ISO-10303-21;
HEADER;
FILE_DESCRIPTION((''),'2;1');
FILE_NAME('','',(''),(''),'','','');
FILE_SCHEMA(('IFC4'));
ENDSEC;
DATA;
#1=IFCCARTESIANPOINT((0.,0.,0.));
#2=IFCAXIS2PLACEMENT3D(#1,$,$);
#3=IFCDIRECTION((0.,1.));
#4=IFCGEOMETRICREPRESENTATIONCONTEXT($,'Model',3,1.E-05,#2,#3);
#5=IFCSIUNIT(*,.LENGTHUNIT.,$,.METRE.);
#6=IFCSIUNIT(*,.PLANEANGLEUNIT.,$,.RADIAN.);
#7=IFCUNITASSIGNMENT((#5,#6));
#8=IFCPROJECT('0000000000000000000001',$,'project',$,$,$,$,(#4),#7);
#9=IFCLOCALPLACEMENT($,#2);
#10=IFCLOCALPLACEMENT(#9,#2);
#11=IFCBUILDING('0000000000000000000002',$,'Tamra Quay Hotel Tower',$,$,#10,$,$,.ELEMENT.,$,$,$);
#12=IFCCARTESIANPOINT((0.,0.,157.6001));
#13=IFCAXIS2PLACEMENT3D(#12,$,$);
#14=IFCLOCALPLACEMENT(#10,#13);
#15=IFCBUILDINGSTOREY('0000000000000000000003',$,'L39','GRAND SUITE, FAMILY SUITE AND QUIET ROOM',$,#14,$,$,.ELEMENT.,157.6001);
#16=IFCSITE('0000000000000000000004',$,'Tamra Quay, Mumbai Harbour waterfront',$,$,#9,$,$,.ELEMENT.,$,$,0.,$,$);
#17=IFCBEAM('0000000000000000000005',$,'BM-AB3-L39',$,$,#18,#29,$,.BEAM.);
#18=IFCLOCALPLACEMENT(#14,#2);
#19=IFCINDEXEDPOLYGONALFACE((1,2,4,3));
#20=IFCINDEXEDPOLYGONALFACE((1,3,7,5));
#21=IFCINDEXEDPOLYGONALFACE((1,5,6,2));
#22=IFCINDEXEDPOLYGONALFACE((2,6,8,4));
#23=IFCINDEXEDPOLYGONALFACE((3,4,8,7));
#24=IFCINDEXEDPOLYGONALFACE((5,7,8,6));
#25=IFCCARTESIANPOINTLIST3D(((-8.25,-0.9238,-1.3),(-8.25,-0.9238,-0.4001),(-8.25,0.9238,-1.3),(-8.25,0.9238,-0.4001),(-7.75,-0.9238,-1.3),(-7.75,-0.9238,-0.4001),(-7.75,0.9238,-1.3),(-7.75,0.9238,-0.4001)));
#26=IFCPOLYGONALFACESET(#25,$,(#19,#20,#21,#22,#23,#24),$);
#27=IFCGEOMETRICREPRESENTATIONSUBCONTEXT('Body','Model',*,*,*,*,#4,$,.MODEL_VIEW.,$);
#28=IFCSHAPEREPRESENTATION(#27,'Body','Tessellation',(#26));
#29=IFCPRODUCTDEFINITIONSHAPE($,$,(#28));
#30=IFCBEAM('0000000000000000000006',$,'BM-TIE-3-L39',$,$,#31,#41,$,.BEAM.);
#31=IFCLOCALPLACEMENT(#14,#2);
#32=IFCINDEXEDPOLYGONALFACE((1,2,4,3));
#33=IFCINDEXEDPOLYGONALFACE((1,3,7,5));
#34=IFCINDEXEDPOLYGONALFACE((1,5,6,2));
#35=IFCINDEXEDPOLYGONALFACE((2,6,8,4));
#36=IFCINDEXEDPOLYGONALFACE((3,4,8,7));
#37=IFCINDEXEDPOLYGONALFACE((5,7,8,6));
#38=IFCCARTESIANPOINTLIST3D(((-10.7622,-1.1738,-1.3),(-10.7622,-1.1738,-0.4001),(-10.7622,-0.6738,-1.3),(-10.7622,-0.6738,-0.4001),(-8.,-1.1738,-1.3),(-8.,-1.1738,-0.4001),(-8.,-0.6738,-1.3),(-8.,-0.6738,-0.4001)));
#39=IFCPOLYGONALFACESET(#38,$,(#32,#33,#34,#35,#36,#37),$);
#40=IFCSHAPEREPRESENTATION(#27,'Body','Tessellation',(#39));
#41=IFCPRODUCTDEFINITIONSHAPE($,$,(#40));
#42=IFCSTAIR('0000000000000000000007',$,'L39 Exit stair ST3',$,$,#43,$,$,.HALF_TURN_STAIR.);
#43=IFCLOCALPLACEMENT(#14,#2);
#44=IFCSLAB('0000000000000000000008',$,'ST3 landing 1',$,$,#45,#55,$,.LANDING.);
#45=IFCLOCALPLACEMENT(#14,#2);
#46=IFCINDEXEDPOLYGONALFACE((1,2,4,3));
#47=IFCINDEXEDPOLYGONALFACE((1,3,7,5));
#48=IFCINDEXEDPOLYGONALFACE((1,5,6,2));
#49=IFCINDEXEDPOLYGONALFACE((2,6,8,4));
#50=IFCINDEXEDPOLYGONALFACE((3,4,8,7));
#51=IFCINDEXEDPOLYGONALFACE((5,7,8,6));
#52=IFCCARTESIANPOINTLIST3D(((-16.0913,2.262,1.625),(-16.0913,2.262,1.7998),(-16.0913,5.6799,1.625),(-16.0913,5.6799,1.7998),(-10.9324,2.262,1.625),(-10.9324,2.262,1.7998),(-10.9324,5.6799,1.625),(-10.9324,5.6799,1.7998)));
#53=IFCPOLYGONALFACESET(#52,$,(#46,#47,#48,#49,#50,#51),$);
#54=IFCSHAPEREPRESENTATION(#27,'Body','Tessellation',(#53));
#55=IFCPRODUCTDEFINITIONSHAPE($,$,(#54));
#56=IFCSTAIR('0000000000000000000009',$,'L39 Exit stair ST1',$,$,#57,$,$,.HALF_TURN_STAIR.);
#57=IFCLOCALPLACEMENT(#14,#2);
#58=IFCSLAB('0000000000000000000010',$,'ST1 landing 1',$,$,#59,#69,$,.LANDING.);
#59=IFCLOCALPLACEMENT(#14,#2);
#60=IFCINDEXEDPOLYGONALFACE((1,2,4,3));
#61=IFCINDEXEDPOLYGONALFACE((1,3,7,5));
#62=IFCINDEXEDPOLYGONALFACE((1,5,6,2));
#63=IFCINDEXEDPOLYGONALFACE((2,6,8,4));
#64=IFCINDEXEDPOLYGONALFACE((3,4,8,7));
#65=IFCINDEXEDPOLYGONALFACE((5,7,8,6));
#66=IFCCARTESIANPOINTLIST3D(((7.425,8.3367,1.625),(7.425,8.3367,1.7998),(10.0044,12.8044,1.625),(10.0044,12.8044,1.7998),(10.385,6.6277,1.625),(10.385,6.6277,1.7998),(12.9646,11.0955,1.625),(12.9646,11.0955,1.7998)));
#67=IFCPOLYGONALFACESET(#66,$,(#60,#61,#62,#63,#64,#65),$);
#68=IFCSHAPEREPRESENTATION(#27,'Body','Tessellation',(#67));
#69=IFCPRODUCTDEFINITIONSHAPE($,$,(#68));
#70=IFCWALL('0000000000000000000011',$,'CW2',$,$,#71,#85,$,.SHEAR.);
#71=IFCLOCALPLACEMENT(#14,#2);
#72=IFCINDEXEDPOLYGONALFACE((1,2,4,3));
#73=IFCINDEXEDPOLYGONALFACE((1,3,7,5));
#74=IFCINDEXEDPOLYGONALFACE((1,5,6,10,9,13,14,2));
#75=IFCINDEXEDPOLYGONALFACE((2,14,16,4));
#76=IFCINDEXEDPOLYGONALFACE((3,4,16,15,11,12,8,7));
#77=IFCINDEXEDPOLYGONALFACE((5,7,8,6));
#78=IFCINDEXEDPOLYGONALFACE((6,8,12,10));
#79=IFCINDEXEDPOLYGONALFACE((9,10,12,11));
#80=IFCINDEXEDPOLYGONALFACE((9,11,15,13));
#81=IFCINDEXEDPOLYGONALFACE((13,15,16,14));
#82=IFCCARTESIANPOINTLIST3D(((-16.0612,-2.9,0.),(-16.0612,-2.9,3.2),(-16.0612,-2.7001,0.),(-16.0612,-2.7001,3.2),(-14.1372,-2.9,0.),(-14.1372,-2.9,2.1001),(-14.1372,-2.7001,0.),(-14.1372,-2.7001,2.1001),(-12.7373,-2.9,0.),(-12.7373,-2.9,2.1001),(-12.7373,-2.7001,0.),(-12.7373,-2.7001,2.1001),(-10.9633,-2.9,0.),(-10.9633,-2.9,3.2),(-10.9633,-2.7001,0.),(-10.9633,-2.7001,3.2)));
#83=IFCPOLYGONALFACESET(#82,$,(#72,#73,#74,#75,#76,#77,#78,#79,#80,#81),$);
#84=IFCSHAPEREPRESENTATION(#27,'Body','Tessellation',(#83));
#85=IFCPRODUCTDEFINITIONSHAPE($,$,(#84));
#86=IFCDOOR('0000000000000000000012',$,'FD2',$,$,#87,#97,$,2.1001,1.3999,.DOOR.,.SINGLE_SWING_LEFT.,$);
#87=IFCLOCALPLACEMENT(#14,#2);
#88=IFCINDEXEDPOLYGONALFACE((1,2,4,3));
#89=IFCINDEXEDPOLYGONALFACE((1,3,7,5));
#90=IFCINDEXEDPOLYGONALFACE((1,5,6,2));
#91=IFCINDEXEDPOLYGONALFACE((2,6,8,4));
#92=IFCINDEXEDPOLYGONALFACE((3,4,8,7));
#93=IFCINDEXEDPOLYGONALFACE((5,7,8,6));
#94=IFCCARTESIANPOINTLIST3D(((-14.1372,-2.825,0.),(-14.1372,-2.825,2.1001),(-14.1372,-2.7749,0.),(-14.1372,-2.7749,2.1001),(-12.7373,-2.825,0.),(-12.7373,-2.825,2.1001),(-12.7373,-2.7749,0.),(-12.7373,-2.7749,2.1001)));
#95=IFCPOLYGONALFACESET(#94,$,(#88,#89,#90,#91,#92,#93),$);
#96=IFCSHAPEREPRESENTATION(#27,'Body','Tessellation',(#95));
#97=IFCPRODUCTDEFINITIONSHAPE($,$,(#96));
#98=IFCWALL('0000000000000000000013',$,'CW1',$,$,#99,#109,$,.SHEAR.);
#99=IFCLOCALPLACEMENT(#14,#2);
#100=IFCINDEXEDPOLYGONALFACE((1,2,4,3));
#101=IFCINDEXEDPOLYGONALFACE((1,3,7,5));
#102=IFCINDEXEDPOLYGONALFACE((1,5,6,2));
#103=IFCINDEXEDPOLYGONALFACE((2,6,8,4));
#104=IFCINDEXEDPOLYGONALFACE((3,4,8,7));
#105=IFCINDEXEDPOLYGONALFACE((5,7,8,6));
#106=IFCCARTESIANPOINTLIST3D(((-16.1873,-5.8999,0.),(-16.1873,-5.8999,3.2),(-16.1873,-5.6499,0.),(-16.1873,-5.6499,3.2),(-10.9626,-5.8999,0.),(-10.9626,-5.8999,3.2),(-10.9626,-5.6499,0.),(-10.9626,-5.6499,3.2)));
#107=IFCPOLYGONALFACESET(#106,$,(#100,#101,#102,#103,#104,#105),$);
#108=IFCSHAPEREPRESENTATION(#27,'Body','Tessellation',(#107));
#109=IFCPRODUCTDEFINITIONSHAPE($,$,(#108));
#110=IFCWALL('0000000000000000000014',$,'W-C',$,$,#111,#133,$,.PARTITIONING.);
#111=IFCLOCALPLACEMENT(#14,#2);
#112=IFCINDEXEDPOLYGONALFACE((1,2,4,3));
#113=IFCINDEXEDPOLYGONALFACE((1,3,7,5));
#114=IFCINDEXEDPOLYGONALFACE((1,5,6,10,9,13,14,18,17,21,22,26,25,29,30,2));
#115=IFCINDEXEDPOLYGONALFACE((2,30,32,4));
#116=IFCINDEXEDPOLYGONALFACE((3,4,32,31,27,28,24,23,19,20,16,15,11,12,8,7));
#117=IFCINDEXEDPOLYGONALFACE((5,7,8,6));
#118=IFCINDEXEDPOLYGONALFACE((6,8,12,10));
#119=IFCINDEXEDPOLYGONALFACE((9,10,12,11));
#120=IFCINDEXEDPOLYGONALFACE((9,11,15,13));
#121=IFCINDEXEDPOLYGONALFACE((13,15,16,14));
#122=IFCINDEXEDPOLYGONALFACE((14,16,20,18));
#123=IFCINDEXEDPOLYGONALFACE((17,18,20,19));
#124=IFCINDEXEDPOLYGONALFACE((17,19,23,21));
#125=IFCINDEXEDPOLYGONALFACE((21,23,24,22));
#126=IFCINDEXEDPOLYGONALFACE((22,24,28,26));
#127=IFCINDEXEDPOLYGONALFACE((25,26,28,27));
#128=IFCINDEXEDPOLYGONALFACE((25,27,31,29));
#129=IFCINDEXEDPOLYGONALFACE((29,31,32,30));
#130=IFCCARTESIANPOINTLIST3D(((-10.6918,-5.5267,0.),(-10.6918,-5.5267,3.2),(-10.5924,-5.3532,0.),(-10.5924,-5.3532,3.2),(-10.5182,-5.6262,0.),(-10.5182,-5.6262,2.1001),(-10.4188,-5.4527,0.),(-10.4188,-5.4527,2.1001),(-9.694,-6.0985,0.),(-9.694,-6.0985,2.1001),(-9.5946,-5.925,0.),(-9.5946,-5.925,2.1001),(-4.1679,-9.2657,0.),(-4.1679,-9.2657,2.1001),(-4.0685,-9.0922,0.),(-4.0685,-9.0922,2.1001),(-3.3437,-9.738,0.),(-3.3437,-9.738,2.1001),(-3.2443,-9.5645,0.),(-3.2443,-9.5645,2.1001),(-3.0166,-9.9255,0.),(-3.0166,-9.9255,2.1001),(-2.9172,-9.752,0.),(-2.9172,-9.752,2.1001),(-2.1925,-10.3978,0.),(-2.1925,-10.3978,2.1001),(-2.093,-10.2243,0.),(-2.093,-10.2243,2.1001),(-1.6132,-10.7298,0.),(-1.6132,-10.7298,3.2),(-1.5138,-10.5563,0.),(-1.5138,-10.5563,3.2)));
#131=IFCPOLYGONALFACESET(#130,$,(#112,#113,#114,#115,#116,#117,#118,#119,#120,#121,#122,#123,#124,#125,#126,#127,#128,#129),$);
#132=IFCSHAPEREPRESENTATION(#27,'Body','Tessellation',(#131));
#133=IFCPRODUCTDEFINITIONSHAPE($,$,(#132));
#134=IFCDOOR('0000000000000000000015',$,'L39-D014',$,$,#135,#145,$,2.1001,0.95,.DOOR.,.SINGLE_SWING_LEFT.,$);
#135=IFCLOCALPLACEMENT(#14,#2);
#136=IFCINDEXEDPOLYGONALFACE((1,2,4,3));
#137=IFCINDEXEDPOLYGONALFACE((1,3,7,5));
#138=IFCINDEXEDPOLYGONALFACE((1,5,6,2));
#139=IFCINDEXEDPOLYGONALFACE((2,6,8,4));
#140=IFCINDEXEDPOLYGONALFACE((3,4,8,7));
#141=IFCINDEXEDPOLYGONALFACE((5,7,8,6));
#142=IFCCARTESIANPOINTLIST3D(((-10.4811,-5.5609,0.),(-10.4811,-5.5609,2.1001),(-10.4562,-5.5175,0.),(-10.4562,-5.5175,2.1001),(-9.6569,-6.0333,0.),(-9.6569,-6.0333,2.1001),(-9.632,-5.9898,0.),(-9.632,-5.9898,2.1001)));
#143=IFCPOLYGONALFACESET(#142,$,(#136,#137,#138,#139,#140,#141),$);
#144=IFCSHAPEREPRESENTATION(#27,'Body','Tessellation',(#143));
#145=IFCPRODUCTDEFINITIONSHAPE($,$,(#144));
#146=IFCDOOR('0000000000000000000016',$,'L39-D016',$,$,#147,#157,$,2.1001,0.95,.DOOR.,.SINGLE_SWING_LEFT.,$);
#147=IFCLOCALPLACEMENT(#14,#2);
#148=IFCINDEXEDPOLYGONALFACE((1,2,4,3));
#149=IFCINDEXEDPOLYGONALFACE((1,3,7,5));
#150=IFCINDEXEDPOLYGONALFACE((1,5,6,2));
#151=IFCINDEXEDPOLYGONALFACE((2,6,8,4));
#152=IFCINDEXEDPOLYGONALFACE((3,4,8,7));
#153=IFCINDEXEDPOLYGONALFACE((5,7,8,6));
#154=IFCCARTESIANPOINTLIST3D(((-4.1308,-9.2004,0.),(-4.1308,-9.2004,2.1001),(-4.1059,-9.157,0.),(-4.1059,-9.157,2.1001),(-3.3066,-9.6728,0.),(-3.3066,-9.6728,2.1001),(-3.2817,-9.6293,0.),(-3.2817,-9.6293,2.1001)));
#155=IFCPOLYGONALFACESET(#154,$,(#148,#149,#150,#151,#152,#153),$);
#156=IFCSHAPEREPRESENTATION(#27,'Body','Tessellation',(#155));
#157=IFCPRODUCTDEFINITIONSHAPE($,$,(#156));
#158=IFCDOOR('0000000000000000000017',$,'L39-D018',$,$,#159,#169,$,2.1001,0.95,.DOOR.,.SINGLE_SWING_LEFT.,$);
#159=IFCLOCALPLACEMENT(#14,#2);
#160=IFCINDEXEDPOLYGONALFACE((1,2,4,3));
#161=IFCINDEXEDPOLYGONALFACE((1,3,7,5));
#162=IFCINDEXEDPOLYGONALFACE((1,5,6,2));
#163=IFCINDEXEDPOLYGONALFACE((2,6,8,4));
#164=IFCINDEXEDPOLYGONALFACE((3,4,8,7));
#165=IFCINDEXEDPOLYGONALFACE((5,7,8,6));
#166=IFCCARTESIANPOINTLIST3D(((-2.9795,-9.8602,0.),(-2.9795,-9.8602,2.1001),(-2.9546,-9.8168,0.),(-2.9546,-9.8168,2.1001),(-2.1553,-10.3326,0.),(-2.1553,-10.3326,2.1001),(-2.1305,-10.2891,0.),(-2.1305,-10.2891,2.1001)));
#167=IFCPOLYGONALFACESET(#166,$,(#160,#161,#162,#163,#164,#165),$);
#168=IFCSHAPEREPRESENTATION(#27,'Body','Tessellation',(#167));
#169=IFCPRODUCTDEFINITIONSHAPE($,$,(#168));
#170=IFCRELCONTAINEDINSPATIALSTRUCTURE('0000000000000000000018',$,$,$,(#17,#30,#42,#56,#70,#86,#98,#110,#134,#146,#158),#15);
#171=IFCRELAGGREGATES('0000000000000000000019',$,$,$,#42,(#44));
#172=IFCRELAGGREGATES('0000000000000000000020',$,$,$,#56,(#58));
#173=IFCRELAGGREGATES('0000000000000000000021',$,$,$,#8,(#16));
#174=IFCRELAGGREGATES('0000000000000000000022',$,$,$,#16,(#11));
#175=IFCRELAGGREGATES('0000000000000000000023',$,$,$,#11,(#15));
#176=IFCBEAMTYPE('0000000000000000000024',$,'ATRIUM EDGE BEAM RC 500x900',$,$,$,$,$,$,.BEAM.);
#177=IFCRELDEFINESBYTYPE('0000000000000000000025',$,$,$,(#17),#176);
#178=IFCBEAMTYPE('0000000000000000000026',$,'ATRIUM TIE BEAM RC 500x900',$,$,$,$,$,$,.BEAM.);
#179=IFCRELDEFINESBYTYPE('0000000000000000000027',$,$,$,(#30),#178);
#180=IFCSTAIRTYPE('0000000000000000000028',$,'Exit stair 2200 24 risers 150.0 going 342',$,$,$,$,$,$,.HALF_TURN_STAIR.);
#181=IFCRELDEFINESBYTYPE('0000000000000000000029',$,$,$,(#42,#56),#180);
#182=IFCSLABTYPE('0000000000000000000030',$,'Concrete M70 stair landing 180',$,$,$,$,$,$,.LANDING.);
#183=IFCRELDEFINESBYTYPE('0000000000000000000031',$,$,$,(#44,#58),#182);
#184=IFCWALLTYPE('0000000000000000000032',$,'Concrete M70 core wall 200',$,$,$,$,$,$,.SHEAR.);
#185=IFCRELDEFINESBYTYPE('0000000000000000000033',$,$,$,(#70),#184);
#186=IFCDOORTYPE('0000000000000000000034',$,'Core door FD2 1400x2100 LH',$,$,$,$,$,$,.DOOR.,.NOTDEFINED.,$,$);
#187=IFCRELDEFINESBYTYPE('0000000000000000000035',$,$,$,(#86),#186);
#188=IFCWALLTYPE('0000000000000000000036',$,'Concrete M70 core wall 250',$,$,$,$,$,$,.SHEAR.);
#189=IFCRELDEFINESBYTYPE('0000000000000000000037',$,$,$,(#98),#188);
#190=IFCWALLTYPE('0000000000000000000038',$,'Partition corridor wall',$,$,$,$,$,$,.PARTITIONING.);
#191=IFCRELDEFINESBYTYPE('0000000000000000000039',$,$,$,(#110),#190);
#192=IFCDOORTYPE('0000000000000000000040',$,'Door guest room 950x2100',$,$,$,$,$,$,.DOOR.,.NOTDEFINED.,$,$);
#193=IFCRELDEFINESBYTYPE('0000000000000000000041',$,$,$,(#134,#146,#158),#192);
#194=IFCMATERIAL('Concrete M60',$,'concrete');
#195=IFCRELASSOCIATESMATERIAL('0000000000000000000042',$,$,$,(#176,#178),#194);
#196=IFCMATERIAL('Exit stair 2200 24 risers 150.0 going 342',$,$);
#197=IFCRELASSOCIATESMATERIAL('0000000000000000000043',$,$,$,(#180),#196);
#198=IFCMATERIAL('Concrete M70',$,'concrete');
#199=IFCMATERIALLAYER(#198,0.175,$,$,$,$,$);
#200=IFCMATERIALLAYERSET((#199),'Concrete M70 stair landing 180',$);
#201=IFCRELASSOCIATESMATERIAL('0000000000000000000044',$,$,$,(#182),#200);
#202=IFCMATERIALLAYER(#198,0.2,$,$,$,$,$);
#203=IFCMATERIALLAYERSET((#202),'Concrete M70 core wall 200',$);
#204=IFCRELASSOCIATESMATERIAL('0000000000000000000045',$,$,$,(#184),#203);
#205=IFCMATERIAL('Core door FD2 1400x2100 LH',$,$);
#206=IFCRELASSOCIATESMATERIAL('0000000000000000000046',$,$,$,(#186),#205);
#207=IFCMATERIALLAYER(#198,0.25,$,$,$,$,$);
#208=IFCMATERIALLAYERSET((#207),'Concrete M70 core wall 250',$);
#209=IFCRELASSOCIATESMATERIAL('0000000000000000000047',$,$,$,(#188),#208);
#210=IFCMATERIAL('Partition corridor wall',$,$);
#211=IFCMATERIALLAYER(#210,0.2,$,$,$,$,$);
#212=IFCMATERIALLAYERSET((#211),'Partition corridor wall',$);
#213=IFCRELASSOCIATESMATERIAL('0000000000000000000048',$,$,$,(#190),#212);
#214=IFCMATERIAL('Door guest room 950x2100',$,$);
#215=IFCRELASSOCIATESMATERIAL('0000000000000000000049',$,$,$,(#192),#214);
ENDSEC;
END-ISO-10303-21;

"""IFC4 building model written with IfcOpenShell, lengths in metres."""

from ifc_helpers import new_model, si_unit, direction, frame, frame_2d, origin, origin_2d, place, context, subcontext, project, spatial, polyline, rectangle, outline, extrude, material, layer, layer_set, material_profile, profile_set, type_object, element, fill, aggregate, save


model = new_model("IFC4")

# Units and contexts
model_context = context("Model", 3, precision=1e-05, world=origin(), true_north=direction((0.0, 1.0)))
body_context = subcontext(model_context, "Body", "Model", "MODEL_VIEW")
ifc_project = project(units=[si_unit("LENGTHUNIT", "METRE"), si_unit("PLANEANGLEUNIT", "RADIAN")], contexts=[model_context])

# Site, building, storey
site_placement = place(None, origin())
site = spatial("IfcSite", under=ifc_project, at=site_placement, Name="Tamra Quay, Mumbai Harbour waterfront", CompositionType="ELEMENT", RefElevation=0.0)
building_placement = place(site_placement, origin())
building = spatial("IfcBuilding", under=site, at=building_placement, Name="Tamra Quay Hotel Tower", CompositionType="ELEMENT")
storey_placement = place(building_placement, frame((0.0, 0.0, 157.6001)))
storey = spatial("IfcBuildingStorey", under=building, at=storey_placement, Name="L39", Description="GRAND SUITE, FAMILY SUITE AND QUIET ROOM", CompositionType="ELEMENT", Elevation=157.6001)

# Beams
ifc_material_1 = material(Name="Concrete M60", Category="concrete")
ifc_material_profile_1 = material_profile(ifc_material_1, rectangle(XDim=0.5, YDim=0.8999, at=origin_2d()), Name="ATRIUM EDGE BEAM RC 500x900")
ifc_profile_set_1 = profile_set([ifc_material_profile_1], Name="Concrete M60")
beam_type_1 = type_object("IfcBeamType", Name="ATRIUM EDGE BEAM RC 500x900", PredefinedType="BEAM", material=ifc_profile_set_1)
beam_1_placement = place(storey_placement, frame((-8.0, -0.9238, -0.8501), z_axis=(0.0, 1.0, 0.0), x_axis=(-1.0, 0.0, 0.0)))
element("IfcBeam", 1, at=beam_1_placement, inside=storey, type_object=beam_type_1, Name="BM-AB3-L39", PredefinedType="BEAM", context=body_context, shape_type="SweptSolid", body=[
    extrude(rectangle(XDim=0.5, YDim=0.8999, at=origin_2d()), origin(), (0.0, 0.0, 1.0), 1.8477),
])
ifc_material_profile_2 = material_profile(ifc_material_1, rectangle(XDim=0.5, YDim=0.8999, at=origin_2d()), Name="ATRIUM TIE BEAM RC 500x900")
ifc_profile_set_2 = profile_set([ifc_material_profile_2], Name="Concrete M60")
beam_type_2 = type_object("IfcBeamType", Name="ATRIUM TIE BEAM RC 500x900", PredefinedType="BEAM", material=ifc_profile_set_2)
beam_2_placement = place(storey_placement, frame((-8.0, -0.9238, -0.8501), z_axis=(-1.0, 0.0, 0.0), x_axis=(0.0, -1.0, 0.0)))
element("IfcBeam", 2, at=beam_2_placement, inside=storey, type_object=beam_type_2, Name="BM-TIE-3-L39", PredefinedType="BEAM", context=body_context, shape_type="SweptSolid", body=[
    extrude(rectangle(XDim=0.5, YDim=0.8999, at=origin_2d()), origin(), (0.0, 0.0, 1.0), 2.7622),
])

# Stairs, slabs
ifc_material_2 = material(Name="Exit stair 2200 24 risers 150.0 going 342")
stair_type = type_object("IfcStairType", Name="Exit stair 2200 24 risers 150.0 going 342", PredefinedType="HALF_TURN_STAIR", material=ifc_material_2)
stair_1_placement = place(storey_placement, origin())
stair_1 = element("IfcStair", 3, at=stair_1_placement, inside=storey, type_object=stair_type, Name="L39 Exit stair ST3", PredefinedType="HALF_TURN_STAIR")
ifc_material_3 = material(Name="Concrete M70", Category="concrete")
ifc_layer_1 = layer(ifc_material_3, 0.175)
ifc_layer_set_1 = layer_set([ifc_layer_1], Name="Concrete M70 stair landing 180")
slab_type_1 = type_object("IfcSlabType", Name="Concrete M70 stair landing 180", PredefinedType="LANDING", material=ifc_layer_set_1)
slab_1_placement = place(storey_placement, frame((0.0, 0.0, 1.625)))
slab_1 = element("IfcSlab", 4, at=slab_1_placement, type_object=slab_type_1, Name="ST3 landing 1", PredefinedType="LANDING", context=body_context, shape_type="SweptSolid", body=[
    extrude(outline(polyline([(-10.9324, 2.262), (-10.9324, 5.6799), (-16.0913, 5.6799), (-16.0913, 2.262), (-10.9324, 2.262)])), origin(), (0.0, 0.0, 1.0), 0.1748),
])
aggregate(stair_1, [slab_1])
stair_2_placement = place(storey_placement, origin())
stair_2 = element("IfcStair", 5, at=stair_2_placement, inside=storey, type_object=stair_type, Name="L39 Exit stair ST1", PredefinedType="HALF_TURN_STAIR")
slab_2_placement = place(storey_placement, frame((0.0, 0.0, 1.625)))
slab_2 = element("IfcSlab", 6, at=slab_2_placement, type_object=slab_type_1, Name="ST1 landing 1", PredefinedType="LANDING", context=body_context, shape_type="SweptSolid", body=[
    extrude(outline(polyline([(7.425, 8.3367), (10.385, 6.6277), (12.9646, 11.0955), (10.0044, 12.8044), (7.425, 8.3367)])), origin(), (0.0, 0.0, 1.0), 0.1748),
])
aggregate(stair_2, [slab_2])

# Wall, opening, door
ifc_layer_2 = layer(ifc_material_3, 0.2)
ifc_layer_set_2 = layer_set([ifc_layer_2], Name="Concrete M70 core wall 200")
wall_type_1 = type_object("IfcWallType", Name="Concrete M70 core wall 200", PredefinedType="SHEAR", material=ifc_layer_set_2)
wall_1_placement = place(storey_placement, frame((-10.9634, -2.8, 0.0), z_axis=(0.0, 0.0, 1.0), x_axis=(-1.0, 0.0, 0.0)))
wall_1 = element("IfcWall", 7, at=wall_1_placement, inside=storey, type_object=wall_type_1, Name="CW2", PredefinedType="SHEAR", context=body_context, shape_type="SweptSolid", body=[
    extrude(rectangle(XDim=5.0979, YDim=0.2, at=frame_2d((2.5488, 0.0))), origin(), (0.0, 0.0, 1.0), 3.2),
])
opening_1_placement = place(wall_1_placement, frame((1.7739, 0.0, 0.0)))
opening_1 = element("IfcOpeningElement", 8, at=opening_1_placement, cuts=wall_1, PredefinedType="OPENING", context=body_context, shape_type="SweptSolid", body=[
    extrude(rectangle(XDim=1.3999, YDim=2.1001, at=frame_2d((0.7, 1.05))), frame((0.0, 0.1099, 0.0), z_axis=(0.0, -1.0, 0.0), x_axis=(1.0, 0.0, 0.0)), (0.0, 0.0, 1.0), 0.22),
])
ifc_material_4 = material(Name="Core door FD2 1400x2100 LH")
door_type_1 = type_object("IfcDoorType", Name="Core door FD2 1400x2100 LH", OperationType="NOTDEFINED", PredefinedType="DOOR", material=ifc_material_4)
door_1_placement = place(opening_1_placement, origin())
door_1 = element("IfcDoor", 9, at=door_1_placement, inside=storey, type_object=door_type_1, Name="FD2", OperationType="SINGLE_SWING_LEFT", OverallHeight=2.1001, OverallWidth=1.3999, PredefinedType="DOOR", context=body_context, shape_type="SweptSolid", body=[
    extrude(rectangle(XDim=1.3999, YDim=2.1001, at=frame_2d((0.7, 1.05))), frame((0.0, 0.0249, 0.0), z_axis=(0.0, -1.0, 0.0), x_axis=(1.0, 0.0, 0.0)), (0.0, 0.0, 1.0), 0.05),
])
fill(opening_1, door_1)

# Wall
ifc_layer_3 = layer(ifc_material_3, 0.25)
ifc_layer_set_3 = layer_set([ifc_layer_3], Name="Concrete M70 core wall 250")
wall_type_2 = type_object("IfcWallType", Name="Concrete M70 core wall 250", PredefinedType="SHEAR", material=ifc_layer_set_3)
wall_2_placement = place(storey_placement, frame((-10.9626, -5.7749, 0.0), z_axis=(0.0, 0.0, 1.0), x_axis=(-1.0, 0.0, 0.0)))
element("IfcWall", 10, at=wall_2_placement, inside=storey, type_object=wall_type_2, Name="CW1", PredefinedType="SHEAR", context=body_context, shape_type="SweptSolid", body=[
    extrude(rectangle(XDim=5.2246, YDim=0.25, at=frame_2d((2.6123, 0.0))), origin(), (0.0, 0.0, 1.0), 3.2),
])

# Wall, openings, doors
ifc_material_5 = material(Name="Partition corridor wall")
ifc_layer_4 = layer(ifc_material_5, 0.2)
ifc_layer_set_4 = layer_set([ifc_layer_4], Name="Partition corridor wall")
wall_type_3 = type_object("IfcWallType", Name="Partition corridor wall", PredefinedType="PARTITIONING", material=ifc_layer_set_4)
wall_3_placement = place(storey_placement, frame((-10.6421, -5.4399, 0.0), z_axis=(0.0, 0.0, 1.0), x_axis=(0.867611, -0.497244, 0.0)))
wall_3 = element("IfcWall", 11, at=wall_3_placement, inside=storey, type_object=wall_type_3, Name="W-C", PredefinedType="PARTITIONING", context=body_context, shape_type="SweptSolid", body=[
    extrude(rectangle(XDim=10.4639, YDim=0.2, at=frame_2d((5.2319, 0.0))), origin(), (0.0, 0.0, 1.0), 3.2),
])
opening_2_placement = place(wall_3_placement, frame((0.2, 0.0, 0.0)))
opening_2 = element("IfcOpeningElement", 12, at=opening_2_placement, cuts=wall_3, PredefinedType="OPENING", context=body_context, shape_type="SweptSolid", body=[
    extrude(rectangle(XDim=0.95, YDim=2.1001, at=frame_2d((0.4751, 1.05))), frame((0.0, 0.1099, 0.0), z_axis=(0.0, -1.0, 0.0), x_axis=(1.0, 0.0, 0.0)), (0.0, 0.0, 1.0), 0.22),
])
opening_3_placement = place(wall_3_placement, frame((7.5193, 0.0, 0.0)))
opening_3 = element("IfcOpeningElement", 13, at=opening_3_placement, cuts=wall_3, PredefinedType="OPENING", context=body_context, shape_type="SweptSolid", body=[
    extrude(rectangle(XDim=0.95, YDim=2.1001, at=frame_2d((0.4751, 1.05))), frame((0.0, 0.1099, 0.0), z_axis=(0.0, -1.0, 0.0), x_axis=(1.0, 0.0, 0.0)), (0.0, 0.0, 1.0), 0.22),
])
opening_4_placement = place(wall_3_placement, frame((8.8462, 0.0, 0.0)))
opening_4 = element("IfcOpeningElement", 14, at=opening_4_placement, cuts=wall_3, PredefinedType="OPENING", context=body_context, shape_type="SweptSolid", body=[
    extrude(rectangle(XDim=0.95, YDim=2.1001, at=frame_2d((0.4751, 1.05))), frame((0.0, 0.1099, 0.0), z_axis=(0.0, -1.0, 0.0), x_axis=(1.0, 0.0, 0.0)), (0.0, 0.0, 1.0), 0.22),
])
ifc_material_6 = material(Name="Door guest room 950x2100")
door_type_2 = type_object("IfcDoorType", Name="Door guest room 950x2100", OperationType="NOTDEFINED", PredefinedType="DOOR", material=ifc_material_6)
door_2_placement = place(opening_2_placement, frame((0.95, 0.0, 0.0), z_axis=(0.0, 0.0, 1.0), x_axis=(-1.0, 0.0, 0.0)))
door_2 = element("IfcDoor", 15, at=door_2_placement, inside=storey, type_object=door_type_2, Name="L39-D014", OperationType="SINGLE_SWING_LEFT", OverallHeight=2.1001, OverallWidth=0.95, PredefinedType="DOOR", context=body_context, shape_type="SweptSolid", body=[
    extrude(rectangle(XDim=0.95, YDim=2.1001, at=frame_2d((0.4751, 1.05))), frame((0.0, 0.0249, 0.0), z_axis=(0.0, -1.0, 0.0), x_axis=(1.0, 0.0, 0.0)), (0.0, 0.0, 1.0), 0.05),
])
fill(opening_2, door_2)
door_3_placement = place(opening_3_placement, frame((0.95, 0.0, 0.0), z_axis=(0.0, 0.0, 1.0), x_axis=(-1.0, 0.0, 0.0)))
door_3 = element("IfcDoor", 16, at=door_3_placement, inside=storey, type_object=door_type_2, Name="L39-D016", OperationType="SINGLE_SWING_LEFT", OverallHeight=2.1001, OverallWidth=0.95, PredefinedType="DOOR", context=body_context, shape_type="SweptSolid", body=[
    extrude(rectangle(XDim=0.95, YDim=2.1001, at=frame_2d((0.4751, 1.05))), frame((0.0, 0.0249, 0.0), z_axis=(0.0, -1.0, 0.0), x_axis=(1.0, 0.0, 0.0)), (0.0, 0.0, 1.0), 0.05),
])
fill(opening_3, door_3)
door_4_placement = place(opening_4_placement, frame((0.95, 0.0, 0.0), z_axis=(0.0, 0.0, 1.0), x_axis=(-1.0, 0.0, 0.0)))
door_4 = element("IfcDoor", 17, at=door_4_placement, inside=storey, type_object=door_type_2, Name="L39-D018", OperationType="SINGLE_SWING_LEFT", OverallHeight=2.1001, OverallWidth=0.95, PredefinedType="DOOR", context=body_context, shape_type="SweptSolid", body=[
    extrude(rectangle(XDim=0.95, YDim=2.1001, at=frame_2d((0.4751, 1.05))), frame((0.0, 0.0249, 0.0), z_axis=(0.0, -1.0, 0.0), x_axis=(1.0, 0.0, 0.0)), (0.0, 0.0, 1.0), 0.05),
])
fill(opening_4, door_4)

save(model, "model.ifc")
